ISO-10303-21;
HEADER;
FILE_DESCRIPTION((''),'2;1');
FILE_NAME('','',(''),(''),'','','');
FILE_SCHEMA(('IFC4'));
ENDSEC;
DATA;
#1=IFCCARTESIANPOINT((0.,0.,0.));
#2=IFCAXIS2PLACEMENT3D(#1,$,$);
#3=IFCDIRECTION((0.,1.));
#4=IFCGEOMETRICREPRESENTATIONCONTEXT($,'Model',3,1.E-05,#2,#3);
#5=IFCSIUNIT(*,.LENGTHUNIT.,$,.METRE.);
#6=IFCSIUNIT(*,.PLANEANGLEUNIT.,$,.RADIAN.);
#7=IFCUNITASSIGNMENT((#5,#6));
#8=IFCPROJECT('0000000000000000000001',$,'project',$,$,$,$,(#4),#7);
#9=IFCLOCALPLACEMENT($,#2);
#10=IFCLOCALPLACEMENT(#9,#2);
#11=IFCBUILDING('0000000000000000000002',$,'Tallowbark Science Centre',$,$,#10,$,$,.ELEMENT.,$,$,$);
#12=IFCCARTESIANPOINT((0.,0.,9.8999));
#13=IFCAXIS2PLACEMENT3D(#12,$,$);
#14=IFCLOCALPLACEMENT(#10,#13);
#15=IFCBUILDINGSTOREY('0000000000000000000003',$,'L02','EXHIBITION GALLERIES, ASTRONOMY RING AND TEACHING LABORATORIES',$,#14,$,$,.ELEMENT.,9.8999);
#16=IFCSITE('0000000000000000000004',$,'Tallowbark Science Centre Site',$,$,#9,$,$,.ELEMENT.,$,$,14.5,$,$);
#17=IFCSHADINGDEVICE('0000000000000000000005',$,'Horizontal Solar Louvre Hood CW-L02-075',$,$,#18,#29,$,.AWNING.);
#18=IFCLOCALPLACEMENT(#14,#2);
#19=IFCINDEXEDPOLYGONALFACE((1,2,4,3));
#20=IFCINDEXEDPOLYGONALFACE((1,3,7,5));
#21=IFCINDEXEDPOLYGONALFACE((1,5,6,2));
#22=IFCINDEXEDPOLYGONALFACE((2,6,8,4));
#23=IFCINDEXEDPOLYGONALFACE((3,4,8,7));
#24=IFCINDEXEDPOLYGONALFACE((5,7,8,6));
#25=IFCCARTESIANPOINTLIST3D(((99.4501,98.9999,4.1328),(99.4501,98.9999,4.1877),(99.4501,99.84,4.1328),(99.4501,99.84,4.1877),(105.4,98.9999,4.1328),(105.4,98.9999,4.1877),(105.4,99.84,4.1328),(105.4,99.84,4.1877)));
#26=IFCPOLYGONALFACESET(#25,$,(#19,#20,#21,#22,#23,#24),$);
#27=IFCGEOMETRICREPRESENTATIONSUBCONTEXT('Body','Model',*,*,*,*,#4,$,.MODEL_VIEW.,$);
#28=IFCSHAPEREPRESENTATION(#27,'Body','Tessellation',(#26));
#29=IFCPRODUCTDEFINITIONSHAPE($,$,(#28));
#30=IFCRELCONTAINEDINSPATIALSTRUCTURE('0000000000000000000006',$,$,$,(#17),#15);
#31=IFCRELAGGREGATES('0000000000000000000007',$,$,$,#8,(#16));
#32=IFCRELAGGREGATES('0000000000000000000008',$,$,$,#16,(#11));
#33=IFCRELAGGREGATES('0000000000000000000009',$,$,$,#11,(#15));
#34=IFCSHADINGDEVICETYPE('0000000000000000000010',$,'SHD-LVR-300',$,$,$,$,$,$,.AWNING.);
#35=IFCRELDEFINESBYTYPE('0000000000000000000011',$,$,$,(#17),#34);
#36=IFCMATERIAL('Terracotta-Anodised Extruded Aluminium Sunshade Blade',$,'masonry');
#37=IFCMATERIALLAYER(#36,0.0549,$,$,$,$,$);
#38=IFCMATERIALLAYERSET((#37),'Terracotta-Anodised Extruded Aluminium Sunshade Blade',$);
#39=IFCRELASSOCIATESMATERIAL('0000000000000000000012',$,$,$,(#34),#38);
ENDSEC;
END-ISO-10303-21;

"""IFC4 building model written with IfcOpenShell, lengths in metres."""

from ifc_helpers import new_model, si_unit, direction, frame, origin, origin_2d, place, context, subcontext, project, spatial, rectangle, extrude, material, layer, layer_set, type_object, element, save


model = new_model("IFC4")

# Units and contexts
model_context = context("Model", 3, precision=1e-05, world=origin(), true_north=direction((0.0, 1.0)))
body_context = subcontext(model_context, "Body", "Model", "MODEL_VIEW")
ifc_project = project(units=[si_unit("LENGTHUNIT", "METRE"), si_unit("PLANEANGLEUNIT", "RADIAN")], contexts=[model_context])

# Site, building, storey
site_placement = place(None, origin())
site = spatial("IfcSite", under=ifc_project, at=site_placement, Name="Tallowbark Science Centre Site", CompositionType="ELEMENT", RefElevation=14.5)
building_placement = place(site_placement, origin())
building = spatial("IfcBuilding", under=site, at=building_placement, Name="Tallowbark Science Centre", CompositionType="ELEMENT")
storey_placement = place(building_placement, frame((0.0, 0.0, 9.8999)))
storey = spatial("IfcBuildingStorey", under=building, at=storey_placement, Name="L02", Description="EXHIBITION GALLERIES, ASTRONOMY RING AND TEACHING LABORATORIES", CompositionType="ELEMENT", Elevation=9.8999)

# Shading device
ifc_material_1 = material(Name="Terracotta-Anodised Extruded Aluminium Sunshade Blade", Category="masonry")
ifc_layer_1 = layer(ifc_material_1, 0.0549)
ifc_layer_set_1 = layer_set([ifc_layer_1], Name="Terracotta-Anodised Extruded Aluminium Sunshade Blade")
shading_device_type = type_object("IfcShadingDeviceType", Name="SHD-LVR-300", PredefinedType="AWNING", material=ifc_layer_set_1)
shading_device_placement = place(storey_placement, frame((102.425, 99.4199, 4.1328), z_axis=(0.0, 0.0, 1.0), x_axis=(-1.0, 0.0, 0.0)))
element("IfcShadingDevice", 1, at=shading_device_placement, inside=storey, type_object=shading_device_type, Name="Horizontal Solar Louvre Hood CW-L02-075", PredefinedType="AWNING", context=body_context, shape_type="SweptSolid", body=[
    extrude(rectangle(XDim=5.95, YDim=0.8401, at=origin_2d()), origin(), (0.0, 0.0, 1.0), 0.0549),
])

save(model, "model.ifc")
